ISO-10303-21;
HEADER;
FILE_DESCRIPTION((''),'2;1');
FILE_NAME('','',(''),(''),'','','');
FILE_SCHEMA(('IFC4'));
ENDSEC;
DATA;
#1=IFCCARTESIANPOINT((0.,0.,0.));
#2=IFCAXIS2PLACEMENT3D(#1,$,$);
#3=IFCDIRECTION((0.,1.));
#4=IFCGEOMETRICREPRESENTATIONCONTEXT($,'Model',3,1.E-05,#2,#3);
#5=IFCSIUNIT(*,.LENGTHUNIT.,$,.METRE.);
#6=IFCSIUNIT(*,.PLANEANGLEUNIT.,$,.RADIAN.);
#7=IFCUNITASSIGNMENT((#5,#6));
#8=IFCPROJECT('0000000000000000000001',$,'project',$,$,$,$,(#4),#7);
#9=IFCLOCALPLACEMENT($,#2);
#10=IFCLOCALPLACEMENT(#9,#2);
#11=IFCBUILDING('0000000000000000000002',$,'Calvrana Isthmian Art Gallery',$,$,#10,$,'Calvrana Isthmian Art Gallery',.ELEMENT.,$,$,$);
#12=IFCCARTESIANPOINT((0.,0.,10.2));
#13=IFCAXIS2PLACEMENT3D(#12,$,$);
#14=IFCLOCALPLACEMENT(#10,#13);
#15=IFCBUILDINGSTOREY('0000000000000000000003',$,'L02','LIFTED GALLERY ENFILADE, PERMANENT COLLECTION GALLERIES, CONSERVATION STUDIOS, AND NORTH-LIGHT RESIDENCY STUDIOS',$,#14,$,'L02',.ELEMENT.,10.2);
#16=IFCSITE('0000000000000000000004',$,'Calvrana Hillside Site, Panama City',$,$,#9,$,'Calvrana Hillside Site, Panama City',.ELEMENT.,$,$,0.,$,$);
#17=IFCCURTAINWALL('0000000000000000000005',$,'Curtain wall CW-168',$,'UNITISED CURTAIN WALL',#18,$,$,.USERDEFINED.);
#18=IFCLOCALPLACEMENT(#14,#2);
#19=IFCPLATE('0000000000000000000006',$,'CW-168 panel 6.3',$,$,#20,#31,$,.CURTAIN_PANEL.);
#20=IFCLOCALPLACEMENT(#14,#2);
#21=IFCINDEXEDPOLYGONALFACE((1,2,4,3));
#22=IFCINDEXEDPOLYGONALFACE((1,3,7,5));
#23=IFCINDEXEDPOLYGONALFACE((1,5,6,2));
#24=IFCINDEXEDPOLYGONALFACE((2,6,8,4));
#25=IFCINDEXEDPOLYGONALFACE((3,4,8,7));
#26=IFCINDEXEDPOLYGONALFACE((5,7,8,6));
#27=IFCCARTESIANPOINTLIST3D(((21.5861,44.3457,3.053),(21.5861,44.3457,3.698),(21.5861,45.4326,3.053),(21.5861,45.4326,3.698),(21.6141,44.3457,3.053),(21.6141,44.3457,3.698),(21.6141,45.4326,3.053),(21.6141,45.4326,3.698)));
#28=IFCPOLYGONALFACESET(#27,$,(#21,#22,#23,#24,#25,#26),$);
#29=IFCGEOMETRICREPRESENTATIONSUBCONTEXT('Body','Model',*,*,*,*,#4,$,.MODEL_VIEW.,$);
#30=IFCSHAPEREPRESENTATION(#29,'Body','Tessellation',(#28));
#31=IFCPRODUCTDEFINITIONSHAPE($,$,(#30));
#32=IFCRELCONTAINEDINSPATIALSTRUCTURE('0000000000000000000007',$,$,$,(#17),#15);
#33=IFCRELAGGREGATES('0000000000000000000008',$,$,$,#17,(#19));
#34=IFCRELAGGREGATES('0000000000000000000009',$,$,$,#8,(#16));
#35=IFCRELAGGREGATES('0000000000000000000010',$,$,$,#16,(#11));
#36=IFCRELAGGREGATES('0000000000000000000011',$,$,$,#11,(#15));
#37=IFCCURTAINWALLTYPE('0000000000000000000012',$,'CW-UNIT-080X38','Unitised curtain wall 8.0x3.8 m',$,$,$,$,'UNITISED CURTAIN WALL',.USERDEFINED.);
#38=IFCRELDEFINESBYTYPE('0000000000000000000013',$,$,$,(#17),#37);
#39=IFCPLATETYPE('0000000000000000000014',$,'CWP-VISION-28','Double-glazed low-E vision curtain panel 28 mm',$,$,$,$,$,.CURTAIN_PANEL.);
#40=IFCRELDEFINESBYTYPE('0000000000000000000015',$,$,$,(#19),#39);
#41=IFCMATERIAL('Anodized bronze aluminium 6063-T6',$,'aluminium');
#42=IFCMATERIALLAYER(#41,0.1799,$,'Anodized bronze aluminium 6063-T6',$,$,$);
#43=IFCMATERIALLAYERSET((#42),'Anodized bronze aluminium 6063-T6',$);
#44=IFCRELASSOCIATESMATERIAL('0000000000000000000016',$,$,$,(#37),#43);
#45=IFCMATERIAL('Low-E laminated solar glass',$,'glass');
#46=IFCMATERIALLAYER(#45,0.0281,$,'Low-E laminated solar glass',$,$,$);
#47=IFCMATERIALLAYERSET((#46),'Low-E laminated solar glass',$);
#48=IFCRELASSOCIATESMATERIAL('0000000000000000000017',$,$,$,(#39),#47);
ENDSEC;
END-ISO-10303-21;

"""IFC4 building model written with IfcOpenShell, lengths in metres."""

from ifc_helpers import new_model, si_unit, direction, frame, origin, origin_2d, place, context, subcontext, project, spatial, rectangle, extrude, material, layer, layer_set, type_object, element, aggregate, save


model = new_model("IFC4")

# Units and contexts
model_context = context("Model", 3, precision=1e-05, world=origin(), true_north=direction((0.0, 1.0)))
body_context = subcontext(model_context, "Body", "Model", "MODEL_VIEW")
ifc_project = project(units=[si_unit("LENGTHUNIT", "METRE"), si_unit("PLANEANGLEUNIT", "RADIAN")], contexts=[model_context])

# Site, building, storey
site_placement = place(None, origin())
site = spatial("IfcSite", under=ifc_project, at=site_placement, Name="Calvrana Hillside Site, Panama City", LongName="Calvrana Hillside Site, Panama City", CompositionType="ELEMENT", RefElevation=0.0)
building_placement = place(site_placement, origin())
building = spatial("IfcBuilding", under=site, at=building_placement, Name="Calvrana Isthmian Art Gallery", LongName="Calvrana Isthmian Art Gallery", CompositionType="ELEMENT")
storey_placement = place(building_placement, frame((0.0, 0.0, 10.2)))
storey = spatial("IfcBuildingStorey", under=building, at=storey_placement, Name="L02", Description="LIFTED GALLERY ENFILADE, PERMANENT COLLECTION GALLERIES, CONSERVATION STUDIOS, AND NORTH-LIGHT RESIDENCY STUDIOS", LongName="L02", CompositionType="ELEMENT", Elevation=10.2)

# Curtain wall, plate
ifc_material_1 = material(Name="Anodized bronze aluminium 6063-T6", Category="aluminium")
ifc_layer_1 = layer(ifc_material_1, 0.1799, Name="Anodized bronze aluminium 6063-T6")
ifc_layer_set_1 = layer_set([ifc_layer_1], Name="Anodized bronze aluminium 6063-T6")
curtain_wall_type = type_object("IfcCurtainWallType", Name="CW-UNIT-080X38", Description="Unitised curtain wall 8.0x3.8 m", ElementType="UNITISED CURTAIN WALL", PredefinedType="USERDEFINED", material=ifc_layer_set_1)
curtain_wall_placement = place(storey_placement, origin())
curtain_wall = element("IfcCurtainWall", 1, at=curtain_wall_placement, inside=storey, type_object=curtain_wall_type, Name="Curtain wall CW-168", ObjectType="UNITISED CURTAIN WALL", PredefinedType="USERDEFINED")
ifc_material_2 = material(Name="Low-E laminated solar glass", Category="glass")
ifc_layer_2 = layer(ifc_material_2, 0.0281, Name="Low-E laminated solar glass")
ifc_layer_set_2 = layer_set([ifc_layer_2], Name="Low-E laminated solar glass")
plate_type = type_object("IfcPlateType", Name="CWP-VISION-28", Description="Double-glazed low-E vision curtain panel 28 mm", PredefinedType="CURTAIN_PANEL", material=ifc_layer_set_2)
plate_1_placement = place(storey_placement, frame((21.6001, 44.8892, 3.053), z_axis=(0.0, 0.0, 1.0), x_axis=(0.0, 1.0, 0.0)))
plate_1 = element("IfcPlate", 2, at=plate_1_placement, type_object=plate_type, Name="CW-168 panel 6.3", PredefinedType="CURTAIN_PANEL", context=body_context, shape_type="SweptSolid", body=[
    extrude(rectangle(XDim=1.0869, YDim=0.0281, at=origin_2d()), origin(), (0.0, 0.0, 1.0), 0.645),
])
aggregate(curtain_wall, [plate_1])

save(model, "model.ifc")
